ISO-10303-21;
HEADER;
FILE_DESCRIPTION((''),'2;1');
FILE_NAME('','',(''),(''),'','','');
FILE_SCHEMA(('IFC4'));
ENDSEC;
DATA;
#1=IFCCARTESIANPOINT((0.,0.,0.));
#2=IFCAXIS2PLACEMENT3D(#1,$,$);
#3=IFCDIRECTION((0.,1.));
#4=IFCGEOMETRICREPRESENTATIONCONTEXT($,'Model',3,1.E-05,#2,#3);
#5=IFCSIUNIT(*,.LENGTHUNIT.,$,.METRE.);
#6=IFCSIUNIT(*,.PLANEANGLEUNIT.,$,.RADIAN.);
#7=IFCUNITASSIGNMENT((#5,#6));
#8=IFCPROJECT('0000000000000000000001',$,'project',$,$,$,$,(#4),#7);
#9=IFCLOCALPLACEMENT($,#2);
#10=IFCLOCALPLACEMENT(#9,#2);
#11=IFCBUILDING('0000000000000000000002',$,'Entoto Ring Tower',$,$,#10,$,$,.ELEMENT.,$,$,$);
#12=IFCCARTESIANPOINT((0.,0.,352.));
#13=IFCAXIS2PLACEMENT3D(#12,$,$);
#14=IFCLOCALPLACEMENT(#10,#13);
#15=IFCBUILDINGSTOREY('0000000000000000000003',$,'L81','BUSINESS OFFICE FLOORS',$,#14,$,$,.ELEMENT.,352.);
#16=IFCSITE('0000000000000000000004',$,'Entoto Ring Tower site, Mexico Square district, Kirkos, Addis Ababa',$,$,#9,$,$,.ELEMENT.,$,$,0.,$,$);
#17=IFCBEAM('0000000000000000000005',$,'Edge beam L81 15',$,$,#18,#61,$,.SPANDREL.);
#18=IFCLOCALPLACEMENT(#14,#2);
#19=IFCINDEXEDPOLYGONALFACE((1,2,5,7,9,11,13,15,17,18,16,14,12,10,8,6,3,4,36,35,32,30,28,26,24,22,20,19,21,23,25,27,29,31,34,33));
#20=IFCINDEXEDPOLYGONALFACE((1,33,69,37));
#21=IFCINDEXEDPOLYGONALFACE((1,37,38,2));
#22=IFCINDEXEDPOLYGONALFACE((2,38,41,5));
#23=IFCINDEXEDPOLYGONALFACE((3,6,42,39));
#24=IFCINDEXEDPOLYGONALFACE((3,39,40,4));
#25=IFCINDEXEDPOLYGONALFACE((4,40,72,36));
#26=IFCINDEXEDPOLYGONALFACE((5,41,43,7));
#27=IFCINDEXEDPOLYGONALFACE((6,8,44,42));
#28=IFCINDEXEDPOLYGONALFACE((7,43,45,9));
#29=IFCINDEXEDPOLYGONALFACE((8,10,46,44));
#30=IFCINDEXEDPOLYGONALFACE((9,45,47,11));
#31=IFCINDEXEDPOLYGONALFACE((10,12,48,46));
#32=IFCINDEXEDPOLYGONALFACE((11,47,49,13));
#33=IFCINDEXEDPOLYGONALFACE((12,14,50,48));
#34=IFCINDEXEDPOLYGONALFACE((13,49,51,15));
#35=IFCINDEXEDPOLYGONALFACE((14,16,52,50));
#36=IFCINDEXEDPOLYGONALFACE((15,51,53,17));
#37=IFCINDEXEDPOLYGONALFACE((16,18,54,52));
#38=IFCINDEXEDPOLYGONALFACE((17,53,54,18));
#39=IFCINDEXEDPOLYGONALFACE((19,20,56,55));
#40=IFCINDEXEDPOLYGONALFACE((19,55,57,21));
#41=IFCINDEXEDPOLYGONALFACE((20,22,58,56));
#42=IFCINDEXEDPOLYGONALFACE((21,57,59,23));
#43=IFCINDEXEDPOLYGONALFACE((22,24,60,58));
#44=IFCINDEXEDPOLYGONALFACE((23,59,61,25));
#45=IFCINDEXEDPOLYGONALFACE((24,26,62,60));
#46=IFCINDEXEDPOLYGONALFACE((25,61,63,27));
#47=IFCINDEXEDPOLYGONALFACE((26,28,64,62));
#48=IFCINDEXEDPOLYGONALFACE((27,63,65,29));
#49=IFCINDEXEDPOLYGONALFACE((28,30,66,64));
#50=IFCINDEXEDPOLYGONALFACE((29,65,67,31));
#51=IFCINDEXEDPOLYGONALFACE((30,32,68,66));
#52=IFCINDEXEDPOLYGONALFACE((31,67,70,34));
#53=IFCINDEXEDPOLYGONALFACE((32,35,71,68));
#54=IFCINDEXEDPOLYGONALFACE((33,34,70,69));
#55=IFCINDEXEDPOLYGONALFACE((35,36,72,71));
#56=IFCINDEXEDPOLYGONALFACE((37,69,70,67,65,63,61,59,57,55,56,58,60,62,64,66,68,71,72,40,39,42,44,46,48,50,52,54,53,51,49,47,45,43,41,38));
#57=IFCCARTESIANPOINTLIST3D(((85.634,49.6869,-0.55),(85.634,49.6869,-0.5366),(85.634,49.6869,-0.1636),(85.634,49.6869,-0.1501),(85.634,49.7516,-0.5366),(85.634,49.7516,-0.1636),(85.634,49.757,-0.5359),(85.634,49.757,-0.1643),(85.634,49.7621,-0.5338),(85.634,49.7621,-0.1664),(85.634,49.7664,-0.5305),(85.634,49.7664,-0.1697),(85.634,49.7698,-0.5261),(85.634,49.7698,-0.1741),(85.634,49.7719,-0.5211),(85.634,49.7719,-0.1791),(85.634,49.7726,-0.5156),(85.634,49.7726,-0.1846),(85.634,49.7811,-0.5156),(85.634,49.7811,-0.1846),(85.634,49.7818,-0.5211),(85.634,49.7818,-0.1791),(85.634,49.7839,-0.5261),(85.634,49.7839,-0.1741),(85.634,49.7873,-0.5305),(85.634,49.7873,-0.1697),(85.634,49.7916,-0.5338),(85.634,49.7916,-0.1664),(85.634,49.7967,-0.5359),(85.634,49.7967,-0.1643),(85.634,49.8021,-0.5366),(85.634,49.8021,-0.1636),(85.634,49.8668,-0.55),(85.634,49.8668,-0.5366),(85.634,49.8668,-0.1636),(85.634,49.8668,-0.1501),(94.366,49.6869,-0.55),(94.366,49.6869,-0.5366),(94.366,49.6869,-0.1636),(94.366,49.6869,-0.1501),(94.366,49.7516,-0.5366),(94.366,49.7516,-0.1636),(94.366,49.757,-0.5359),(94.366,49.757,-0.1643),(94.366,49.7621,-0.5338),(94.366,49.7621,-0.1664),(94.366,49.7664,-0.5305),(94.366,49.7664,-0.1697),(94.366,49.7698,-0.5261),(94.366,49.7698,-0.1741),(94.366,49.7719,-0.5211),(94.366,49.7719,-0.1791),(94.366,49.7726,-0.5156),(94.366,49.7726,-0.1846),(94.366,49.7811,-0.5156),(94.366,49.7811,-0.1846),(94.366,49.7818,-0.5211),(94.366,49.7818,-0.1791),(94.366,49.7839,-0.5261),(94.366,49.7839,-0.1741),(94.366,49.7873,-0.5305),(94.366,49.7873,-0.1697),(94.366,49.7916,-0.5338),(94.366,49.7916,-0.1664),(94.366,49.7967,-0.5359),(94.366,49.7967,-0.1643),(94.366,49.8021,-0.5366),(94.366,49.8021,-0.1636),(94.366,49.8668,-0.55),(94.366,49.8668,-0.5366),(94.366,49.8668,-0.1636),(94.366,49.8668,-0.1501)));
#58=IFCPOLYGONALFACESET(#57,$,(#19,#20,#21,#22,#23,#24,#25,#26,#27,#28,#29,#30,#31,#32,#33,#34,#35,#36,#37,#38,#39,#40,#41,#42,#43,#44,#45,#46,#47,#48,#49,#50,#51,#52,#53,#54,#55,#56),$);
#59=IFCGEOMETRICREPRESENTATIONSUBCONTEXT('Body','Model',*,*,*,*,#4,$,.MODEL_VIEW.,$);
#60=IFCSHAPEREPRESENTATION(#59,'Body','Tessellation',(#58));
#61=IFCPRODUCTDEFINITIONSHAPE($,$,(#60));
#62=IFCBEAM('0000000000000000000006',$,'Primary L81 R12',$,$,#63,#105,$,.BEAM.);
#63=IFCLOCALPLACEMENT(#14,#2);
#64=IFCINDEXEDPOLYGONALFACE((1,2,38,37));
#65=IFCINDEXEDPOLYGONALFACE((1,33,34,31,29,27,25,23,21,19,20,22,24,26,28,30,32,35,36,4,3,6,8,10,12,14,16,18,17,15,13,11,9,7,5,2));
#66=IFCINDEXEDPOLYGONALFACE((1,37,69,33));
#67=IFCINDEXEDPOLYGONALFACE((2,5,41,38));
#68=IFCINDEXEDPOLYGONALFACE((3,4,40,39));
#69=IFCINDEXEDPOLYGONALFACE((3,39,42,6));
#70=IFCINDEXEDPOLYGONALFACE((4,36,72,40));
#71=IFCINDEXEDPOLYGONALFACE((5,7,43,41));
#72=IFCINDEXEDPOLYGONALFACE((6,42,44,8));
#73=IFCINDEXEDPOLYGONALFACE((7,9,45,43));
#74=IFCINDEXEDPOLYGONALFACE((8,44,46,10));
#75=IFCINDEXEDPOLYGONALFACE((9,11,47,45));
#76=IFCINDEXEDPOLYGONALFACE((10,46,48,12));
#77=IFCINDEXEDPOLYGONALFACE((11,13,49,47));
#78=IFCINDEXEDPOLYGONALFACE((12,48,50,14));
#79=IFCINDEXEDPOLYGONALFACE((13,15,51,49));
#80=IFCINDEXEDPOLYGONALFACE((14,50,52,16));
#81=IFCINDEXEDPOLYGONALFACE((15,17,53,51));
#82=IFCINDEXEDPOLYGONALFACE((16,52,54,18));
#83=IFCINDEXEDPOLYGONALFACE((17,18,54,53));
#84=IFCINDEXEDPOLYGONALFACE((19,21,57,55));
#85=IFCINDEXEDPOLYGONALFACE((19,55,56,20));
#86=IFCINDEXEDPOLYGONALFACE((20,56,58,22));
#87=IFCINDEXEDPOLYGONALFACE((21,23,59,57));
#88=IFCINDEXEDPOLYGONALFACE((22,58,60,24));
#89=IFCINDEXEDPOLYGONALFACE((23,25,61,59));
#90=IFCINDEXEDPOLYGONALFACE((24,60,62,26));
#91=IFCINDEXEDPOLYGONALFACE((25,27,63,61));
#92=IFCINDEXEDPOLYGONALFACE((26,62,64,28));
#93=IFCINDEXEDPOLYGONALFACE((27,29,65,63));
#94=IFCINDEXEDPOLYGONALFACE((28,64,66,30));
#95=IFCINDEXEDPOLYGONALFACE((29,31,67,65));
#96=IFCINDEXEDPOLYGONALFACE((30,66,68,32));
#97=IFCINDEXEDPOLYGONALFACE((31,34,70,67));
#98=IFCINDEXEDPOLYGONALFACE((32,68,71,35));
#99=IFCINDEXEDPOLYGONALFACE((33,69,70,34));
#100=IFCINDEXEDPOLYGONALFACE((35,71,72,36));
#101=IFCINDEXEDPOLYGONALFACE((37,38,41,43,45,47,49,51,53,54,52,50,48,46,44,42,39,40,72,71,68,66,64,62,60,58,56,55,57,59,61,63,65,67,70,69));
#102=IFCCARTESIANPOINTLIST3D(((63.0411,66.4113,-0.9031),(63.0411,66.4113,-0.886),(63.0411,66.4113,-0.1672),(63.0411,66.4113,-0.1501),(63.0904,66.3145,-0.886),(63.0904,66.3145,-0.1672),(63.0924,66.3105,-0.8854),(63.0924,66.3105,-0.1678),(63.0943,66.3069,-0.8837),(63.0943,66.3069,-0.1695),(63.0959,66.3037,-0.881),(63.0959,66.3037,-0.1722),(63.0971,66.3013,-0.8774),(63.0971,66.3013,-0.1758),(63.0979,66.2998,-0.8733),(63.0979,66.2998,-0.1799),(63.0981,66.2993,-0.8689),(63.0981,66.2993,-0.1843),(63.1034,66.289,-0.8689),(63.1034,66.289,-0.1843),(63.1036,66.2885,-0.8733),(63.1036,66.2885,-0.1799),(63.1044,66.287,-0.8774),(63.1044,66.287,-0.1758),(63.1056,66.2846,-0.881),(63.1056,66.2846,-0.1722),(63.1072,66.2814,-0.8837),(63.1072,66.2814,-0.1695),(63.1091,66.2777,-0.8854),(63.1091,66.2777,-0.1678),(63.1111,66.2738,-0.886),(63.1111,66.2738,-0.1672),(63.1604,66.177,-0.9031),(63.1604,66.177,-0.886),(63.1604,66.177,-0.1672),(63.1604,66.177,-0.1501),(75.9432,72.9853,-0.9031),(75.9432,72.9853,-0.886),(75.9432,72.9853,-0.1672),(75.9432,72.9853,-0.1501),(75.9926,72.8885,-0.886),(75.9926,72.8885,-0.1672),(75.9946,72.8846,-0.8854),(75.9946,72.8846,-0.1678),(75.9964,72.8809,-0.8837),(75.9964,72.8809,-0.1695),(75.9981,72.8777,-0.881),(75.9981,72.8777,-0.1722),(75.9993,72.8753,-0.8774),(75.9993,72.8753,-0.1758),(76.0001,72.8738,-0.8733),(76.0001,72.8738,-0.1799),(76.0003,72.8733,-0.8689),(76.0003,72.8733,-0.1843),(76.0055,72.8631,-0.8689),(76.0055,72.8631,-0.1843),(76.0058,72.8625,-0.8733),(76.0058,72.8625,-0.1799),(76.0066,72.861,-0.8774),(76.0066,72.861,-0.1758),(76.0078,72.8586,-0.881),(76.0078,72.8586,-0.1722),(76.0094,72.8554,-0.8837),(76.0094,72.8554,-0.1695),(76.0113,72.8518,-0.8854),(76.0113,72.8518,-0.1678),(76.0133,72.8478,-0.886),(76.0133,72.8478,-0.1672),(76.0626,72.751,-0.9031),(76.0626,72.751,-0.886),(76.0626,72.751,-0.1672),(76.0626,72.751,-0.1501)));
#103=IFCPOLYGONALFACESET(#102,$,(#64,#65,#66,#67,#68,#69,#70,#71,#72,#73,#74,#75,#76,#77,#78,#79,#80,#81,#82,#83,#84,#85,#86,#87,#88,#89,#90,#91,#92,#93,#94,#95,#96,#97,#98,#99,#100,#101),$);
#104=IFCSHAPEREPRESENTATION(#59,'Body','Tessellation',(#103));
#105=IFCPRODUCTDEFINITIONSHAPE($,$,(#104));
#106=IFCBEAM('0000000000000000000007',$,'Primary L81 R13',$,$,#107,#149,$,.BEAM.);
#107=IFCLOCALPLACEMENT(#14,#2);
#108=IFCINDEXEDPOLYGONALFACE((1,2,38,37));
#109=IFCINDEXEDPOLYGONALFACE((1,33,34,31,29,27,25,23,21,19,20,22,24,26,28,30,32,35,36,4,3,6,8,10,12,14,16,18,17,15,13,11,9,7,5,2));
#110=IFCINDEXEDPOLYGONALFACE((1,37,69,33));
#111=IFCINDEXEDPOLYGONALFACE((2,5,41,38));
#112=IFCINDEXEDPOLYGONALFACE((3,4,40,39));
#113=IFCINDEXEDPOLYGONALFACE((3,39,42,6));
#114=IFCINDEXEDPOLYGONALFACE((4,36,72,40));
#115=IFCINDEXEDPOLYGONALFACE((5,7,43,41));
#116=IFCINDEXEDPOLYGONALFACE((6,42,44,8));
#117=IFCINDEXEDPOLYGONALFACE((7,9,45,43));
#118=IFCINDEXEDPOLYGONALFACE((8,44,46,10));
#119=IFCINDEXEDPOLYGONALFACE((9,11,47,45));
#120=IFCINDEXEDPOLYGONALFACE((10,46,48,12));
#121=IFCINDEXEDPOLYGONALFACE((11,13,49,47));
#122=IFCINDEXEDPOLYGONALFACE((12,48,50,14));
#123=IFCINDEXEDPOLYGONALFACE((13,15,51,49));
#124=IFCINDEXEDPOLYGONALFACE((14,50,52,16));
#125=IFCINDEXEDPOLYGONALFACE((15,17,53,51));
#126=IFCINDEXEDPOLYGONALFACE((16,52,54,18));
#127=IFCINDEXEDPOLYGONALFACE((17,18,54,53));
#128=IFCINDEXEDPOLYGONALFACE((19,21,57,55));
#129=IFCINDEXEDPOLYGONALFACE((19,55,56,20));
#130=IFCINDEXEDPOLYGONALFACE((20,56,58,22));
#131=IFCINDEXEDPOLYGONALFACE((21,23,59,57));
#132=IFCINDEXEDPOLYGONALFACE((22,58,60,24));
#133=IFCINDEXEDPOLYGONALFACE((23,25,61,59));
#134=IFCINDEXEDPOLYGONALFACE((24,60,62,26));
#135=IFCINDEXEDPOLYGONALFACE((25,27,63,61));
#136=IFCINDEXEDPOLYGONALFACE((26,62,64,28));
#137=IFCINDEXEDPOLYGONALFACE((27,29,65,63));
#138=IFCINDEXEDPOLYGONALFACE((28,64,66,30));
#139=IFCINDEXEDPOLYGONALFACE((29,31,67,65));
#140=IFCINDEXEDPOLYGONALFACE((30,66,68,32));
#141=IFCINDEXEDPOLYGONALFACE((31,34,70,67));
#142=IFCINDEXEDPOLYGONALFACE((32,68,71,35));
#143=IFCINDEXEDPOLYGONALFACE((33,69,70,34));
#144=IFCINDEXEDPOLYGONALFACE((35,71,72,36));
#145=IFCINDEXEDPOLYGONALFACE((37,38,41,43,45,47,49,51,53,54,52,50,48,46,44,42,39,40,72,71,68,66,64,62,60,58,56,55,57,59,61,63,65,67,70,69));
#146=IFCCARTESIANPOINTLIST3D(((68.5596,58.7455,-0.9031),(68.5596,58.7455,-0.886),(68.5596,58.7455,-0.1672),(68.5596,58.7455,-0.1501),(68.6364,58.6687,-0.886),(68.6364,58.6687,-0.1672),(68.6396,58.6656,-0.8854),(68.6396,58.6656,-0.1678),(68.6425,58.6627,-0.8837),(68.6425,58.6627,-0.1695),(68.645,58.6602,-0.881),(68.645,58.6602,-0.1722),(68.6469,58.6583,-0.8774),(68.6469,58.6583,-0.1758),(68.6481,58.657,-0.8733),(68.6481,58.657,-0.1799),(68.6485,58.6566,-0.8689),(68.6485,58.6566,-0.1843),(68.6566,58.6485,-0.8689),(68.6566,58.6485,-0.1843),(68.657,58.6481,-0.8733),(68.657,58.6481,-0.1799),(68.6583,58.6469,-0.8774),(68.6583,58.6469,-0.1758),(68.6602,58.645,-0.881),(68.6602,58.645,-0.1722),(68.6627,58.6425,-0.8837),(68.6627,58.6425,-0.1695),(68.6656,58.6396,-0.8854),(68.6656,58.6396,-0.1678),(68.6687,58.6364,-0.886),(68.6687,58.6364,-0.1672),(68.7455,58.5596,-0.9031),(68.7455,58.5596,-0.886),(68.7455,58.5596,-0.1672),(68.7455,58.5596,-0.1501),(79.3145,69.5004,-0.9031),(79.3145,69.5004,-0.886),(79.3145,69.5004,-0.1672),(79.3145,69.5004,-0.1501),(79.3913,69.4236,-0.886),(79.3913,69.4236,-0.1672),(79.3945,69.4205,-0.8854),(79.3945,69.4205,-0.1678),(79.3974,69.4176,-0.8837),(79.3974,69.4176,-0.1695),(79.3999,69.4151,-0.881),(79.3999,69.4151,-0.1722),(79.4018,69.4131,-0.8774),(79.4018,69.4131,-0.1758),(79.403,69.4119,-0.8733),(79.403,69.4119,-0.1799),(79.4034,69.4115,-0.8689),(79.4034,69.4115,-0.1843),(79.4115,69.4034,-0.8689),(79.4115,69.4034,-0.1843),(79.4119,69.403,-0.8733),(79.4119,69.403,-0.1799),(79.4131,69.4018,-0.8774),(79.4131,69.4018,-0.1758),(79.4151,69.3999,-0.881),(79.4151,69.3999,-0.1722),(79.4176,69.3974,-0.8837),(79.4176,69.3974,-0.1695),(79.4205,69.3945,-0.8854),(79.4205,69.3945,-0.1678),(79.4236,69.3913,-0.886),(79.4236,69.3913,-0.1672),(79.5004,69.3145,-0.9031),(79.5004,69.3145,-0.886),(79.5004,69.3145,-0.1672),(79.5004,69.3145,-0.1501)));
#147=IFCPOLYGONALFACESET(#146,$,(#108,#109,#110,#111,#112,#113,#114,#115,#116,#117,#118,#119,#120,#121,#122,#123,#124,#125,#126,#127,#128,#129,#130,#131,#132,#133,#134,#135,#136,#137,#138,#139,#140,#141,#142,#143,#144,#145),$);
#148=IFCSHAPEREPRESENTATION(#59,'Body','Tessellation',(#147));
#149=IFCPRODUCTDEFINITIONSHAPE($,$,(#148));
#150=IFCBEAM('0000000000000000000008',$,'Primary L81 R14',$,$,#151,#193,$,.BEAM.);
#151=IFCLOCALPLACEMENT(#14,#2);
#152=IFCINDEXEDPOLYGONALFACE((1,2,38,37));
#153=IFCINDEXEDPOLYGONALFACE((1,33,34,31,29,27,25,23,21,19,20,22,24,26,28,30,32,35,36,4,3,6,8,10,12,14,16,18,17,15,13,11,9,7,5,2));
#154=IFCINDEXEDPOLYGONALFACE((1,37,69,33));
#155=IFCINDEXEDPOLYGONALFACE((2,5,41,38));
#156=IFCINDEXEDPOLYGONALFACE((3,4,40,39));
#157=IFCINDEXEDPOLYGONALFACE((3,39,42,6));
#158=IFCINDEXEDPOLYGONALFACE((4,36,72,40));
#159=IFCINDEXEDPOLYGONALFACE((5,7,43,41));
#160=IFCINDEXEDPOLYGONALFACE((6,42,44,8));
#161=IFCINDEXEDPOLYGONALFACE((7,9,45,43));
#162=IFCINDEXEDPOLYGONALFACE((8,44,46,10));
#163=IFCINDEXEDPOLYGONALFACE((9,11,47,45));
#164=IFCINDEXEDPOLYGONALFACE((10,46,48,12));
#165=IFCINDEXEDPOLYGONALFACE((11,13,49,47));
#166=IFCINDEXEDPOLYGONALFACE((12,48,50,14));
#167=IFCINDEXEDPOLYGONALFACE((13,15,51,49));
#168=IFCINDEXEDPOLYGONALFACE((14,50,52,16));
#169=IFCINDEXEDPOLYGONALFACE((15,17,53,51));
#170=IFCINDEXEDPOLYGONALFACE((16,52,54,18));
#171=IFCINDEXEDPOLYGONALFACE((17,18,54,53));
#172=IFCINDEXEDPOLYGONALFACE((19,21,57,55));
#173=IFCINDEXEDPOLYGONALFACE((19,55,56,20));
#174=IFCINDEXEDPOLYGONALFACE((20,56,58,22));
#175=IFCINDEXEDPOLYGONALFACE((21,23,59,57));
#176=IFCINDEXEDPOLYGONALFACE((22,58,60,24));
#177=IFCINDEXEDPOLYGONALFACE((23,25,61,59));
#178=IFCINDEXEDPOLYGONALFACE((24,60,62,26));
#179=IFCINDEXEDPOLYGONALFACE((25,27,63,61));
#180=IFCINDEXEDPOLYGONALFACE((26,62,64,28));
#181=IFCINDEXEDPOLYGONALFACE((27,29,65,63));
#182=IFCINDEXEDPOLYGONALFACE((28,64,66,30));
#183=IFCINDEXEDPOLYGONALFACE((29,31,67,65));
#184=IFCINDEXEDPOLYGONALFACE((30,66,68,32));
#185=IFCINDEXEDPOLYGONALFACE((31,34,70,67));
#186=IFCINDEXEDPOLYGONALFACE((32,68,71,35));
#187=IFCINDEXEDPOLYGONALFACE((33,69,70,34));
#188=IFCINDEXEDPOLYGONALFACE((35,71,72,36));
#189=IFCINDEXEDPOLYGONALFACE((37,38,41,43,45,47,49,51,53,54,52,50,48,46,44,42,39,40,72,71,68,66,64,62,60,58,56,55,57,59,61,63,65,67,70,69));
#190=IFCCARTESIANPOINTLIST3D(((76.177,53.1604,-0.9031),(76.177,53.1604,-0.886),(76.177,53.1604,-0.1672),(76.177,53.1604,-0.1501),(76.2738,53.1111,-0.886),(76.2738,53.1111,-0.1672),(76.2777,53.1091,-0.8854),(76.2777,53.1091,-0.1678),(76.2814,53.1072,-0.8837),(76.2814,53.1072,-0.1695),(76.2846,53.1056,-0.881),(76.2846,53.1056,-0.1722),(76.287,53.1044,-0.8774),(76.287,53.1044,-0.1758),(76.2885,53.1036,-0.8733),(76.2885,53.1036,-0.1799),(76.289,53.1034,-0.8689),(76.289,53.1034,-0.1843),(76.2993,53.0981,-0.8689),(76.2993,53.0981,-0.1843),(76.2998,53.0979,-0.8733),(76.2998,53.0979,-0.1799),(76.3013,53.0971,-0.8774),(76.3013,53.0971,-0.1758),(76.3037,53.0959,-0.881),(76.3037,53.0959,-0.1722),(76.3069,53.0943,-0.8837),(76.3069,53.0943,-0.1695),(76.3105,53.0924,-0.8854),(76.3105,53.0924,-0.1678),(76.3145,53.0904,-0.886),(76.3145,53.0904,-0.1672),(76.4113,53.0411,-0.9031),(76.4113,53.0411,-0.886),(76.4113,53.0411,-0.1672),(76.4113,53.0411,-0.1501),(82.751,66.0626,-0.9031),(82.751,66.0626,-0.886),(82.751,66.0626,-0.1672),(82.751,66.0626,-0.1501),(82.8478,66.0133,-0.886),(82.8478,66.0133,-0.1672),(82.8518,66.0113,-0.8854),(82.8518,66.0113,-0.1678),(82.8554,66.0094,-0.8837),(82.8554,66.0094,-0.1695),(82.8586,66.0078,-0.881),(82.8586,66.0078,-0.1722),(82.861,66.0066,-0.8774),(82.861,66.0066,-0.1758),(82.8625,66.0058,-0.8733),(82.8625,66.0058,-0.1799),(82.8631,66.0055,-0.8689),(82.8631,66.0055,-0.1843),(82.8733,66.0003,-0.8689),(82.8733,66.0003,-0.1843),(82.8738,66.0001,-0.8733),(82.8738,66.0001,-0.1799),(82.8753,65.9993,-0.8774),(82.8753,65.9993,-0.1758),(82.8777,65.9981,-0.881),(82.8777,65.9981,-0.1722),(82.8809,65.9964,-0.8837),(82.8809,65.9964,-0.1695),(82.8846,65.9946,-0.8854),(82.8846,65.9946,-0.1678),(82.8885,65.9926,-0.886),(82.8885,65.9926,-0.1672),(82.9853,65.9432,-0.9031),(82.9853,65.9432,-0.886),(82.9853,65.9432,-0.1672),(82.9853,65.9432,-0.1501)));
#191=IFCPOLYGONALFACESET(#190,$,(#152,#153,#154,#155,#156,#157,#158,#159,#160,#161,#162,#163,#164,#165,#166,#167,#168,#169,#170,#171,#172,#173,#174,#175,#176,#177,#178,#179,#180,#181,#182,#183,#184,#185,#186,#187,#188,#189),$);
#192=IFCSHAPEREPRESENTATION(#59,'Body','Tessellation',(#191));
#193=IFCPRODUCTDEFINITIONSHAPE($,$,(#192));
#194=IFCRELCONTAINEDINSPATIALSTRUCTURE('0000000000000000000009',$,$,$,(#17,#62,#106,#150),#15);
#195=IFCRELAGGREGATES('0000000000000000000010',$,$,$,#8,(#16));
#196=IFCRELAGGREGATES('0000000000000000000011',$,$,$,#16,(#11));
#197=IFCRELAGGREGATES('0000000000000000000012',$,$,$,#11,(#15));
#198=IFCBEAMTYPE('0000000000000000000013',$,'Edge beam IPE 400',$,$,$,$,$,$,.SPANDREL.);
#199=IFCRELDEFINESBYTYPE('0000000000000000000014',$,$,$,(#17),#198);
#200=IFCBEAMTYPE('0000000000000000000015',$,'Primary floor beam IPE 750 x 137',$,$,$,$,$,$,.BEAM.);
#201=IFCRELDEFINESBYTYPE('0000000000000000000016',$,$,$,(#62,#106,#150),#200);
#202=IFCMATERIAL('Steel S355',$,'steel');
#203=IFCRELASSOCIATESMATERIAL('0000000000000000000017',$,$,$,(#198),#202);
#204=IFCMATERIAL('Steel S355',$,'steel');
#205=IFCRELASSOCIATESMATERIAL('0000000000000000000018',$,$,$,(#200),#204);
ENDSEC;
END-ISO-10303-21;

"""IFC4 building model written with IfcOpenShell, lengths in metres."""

from ifc_helpers import new_model, si_unit, direction, frame, origin, origin_2d, place, context, subcontext, project, spatial, i_section, extrude, material, material_profile, profile_set, type_object, element, save


model = new_model("IFC4")

# Units and contexts
model_context = context("Model", 3, precision=1e-05, world=origin(), true_north=direction((0.0, 1.0)))
body_context = subcontext(model_context, "Body", "Model", "MODEL_VIEW")
ifc_project = project(units=[si_unit("LENGTHUNIT", "METRE"), si_unit("PLANEANGLEUNIT", "RADIAN")], contexts=[model_context])

# Site, building, storey
site_placement = place(None, origin())
site = spatial("IfcSite", under=ifc_project, at=site_placement, Name="Entoto Ring Tower site, Mexico Square district, Kirkos, Addis Ababa", CompositionType="ELEMENT", RefElevation=0.0)
building_placement = place(site_placement, origin())
building = spatial("IfcBuilding", under=site, at=building_placement, Name="Entoto Ring Tower", CompositionType="ELEMENT")
storey_placement = place(building_placement, frame((0.0, 0.0, 352.0)))
storey = spatial("IfcBuildingStorey", under=building, at=storey_placement, Name="L81", Description="BUSINESS OFFICE FLOORS", CompositionType="ELEMENT", Elevation=352.0)

# Beams
ifc_material_1 = material(Name="Steel S355", Category="steel")
ifc_material_profile_1 = material_profile(ifc_material_1, i_section(OverallWidth=0.1799, OverallDepth=0.3999, WebThickness=0.0085, FlangeThickness=0.0134, FilletRadius=0.021, at=origin_2d()), Name="IPE 400")
ifc_profile_set_1 = profile_set([ifc_material_profile_1], Name="Steel S355")
beam_type_1 = type_object("IfcBeamType", Name="Edge beam IPE 400", PredefinedType="SPANDREL", material=ifc_profile_set_1)
beam_1_placement = place(storey_placement, frame((85.634, 49.7769, -0.3501), z_axis=(1.0, 0.0, 0.0), x_axis=(0.0, 1.0, 0.0)))
element("IfcBeam", 1, at=beam_1_placement, inside=storey, type_object=beam_type_1, Name="Edge beam L81 15", PredefinedType="SPANDREL", context=body_context, shape_type="SweptSolid", body=[
    extrude(i_section(OverallWidth=0.1799, OverallDepth=0.3999, WebThickness=0.0085, FlangeThickness=0.0134, FilletRadius=0.021, at=origin_2d()), origin(), (0.0, 0.0, 1.0), 8.7319),
])
ifc_material_2 = material(Name="Steel S355", Category="steel")
ifc_material_profile_2 = material_profile(ifc_material_2, i_section(OverallWidth=0.2629, OverallDepth=0.7529, WebThickness=0.0115, FlangeThickness=0.0171, FilletRadius=0.0171, at=origin_2d()), Name="IPE 750 x 137")
ifc_profile_set_2 = profile_set([ifc_material_profile_2], Name="Steel S355")
beam_type_2 = type_object("IfcBeamType", Name="Primary floor beam IPE 750 x 137", PredefinedType="BEAM", material=ifc_profile_set_2)
beam_2_placement = place(storey_placement, frame((76.0029, 72.8682, -0.5266), z_axis=(-0.891006, -0.453992, 0.0), x_axis=(0.453992, -0.891006, 0.0)))
element("IfcBeam", 2, at=beam_2_placement, inside=storey, type_object=beam_type_2, Name="Primary L81 R12", PredefinedType="BEAM", context=body_context, shape_type="SweptSolid", body=[
    extrude(i_section(OverallWidth=0.2629, OverallDepth=0.7529, WebThickness=0.0115, FlangeThickness=0.0171, FilletRadius=0.0171, at=origin_2d()), origin(), (0.0, 0.0, 1.0), 14.4805),
])
beam_3_placement = place(storey_placement, frame((79.4075, 69.4075, -0.5266), z_axis=(-0.707107, -0.707107, 0.0), x_axis=(0.707107, -0.707107, 0.0)))
element("IfcBeam", 3, at=beam_3_placement, inside=storey, type_object=beam_type_2, Name="Primary L81 R13", PredefinedType="BEAM", context=body_context, shape_type="SweptSolid", body=[
    extrude(i_section(OverallWidth=0.2629, OverallDepth=0.7529, WebThickness=0.0115, FlangeThickness=0.0171, FilletRadius=0.0171, at=origin_2d()), origin(), (0.0, 0.0, 1.0), 15.2097),
])
beam_4_placement = place(storey_placement, frame((82.8682, 66.0029, -0.5266), z_axis=(-0.453992, -0.891006, 0.0), x_axis=(0.891006, -0.453992, 0.0)))
element("IfcBeam", 4, at=beam_4_placement, inside=storey, type_object=beam_type_2, Name="Primary L81 R14", PredefinedType="BEAM", context=body_context, shape_type="SweptSolid", body=[
    extrude(i_section(OverallWidth=0.2629, OverallDepth=0.7529, WebThickness=0.0115, FlangeThickness=0.0171, FilletRadius=0.0171, at=origin_2d()), origin(), (0.0, 0.0, 1.0), 14.4805),
])

save(model, "model.ifc")
